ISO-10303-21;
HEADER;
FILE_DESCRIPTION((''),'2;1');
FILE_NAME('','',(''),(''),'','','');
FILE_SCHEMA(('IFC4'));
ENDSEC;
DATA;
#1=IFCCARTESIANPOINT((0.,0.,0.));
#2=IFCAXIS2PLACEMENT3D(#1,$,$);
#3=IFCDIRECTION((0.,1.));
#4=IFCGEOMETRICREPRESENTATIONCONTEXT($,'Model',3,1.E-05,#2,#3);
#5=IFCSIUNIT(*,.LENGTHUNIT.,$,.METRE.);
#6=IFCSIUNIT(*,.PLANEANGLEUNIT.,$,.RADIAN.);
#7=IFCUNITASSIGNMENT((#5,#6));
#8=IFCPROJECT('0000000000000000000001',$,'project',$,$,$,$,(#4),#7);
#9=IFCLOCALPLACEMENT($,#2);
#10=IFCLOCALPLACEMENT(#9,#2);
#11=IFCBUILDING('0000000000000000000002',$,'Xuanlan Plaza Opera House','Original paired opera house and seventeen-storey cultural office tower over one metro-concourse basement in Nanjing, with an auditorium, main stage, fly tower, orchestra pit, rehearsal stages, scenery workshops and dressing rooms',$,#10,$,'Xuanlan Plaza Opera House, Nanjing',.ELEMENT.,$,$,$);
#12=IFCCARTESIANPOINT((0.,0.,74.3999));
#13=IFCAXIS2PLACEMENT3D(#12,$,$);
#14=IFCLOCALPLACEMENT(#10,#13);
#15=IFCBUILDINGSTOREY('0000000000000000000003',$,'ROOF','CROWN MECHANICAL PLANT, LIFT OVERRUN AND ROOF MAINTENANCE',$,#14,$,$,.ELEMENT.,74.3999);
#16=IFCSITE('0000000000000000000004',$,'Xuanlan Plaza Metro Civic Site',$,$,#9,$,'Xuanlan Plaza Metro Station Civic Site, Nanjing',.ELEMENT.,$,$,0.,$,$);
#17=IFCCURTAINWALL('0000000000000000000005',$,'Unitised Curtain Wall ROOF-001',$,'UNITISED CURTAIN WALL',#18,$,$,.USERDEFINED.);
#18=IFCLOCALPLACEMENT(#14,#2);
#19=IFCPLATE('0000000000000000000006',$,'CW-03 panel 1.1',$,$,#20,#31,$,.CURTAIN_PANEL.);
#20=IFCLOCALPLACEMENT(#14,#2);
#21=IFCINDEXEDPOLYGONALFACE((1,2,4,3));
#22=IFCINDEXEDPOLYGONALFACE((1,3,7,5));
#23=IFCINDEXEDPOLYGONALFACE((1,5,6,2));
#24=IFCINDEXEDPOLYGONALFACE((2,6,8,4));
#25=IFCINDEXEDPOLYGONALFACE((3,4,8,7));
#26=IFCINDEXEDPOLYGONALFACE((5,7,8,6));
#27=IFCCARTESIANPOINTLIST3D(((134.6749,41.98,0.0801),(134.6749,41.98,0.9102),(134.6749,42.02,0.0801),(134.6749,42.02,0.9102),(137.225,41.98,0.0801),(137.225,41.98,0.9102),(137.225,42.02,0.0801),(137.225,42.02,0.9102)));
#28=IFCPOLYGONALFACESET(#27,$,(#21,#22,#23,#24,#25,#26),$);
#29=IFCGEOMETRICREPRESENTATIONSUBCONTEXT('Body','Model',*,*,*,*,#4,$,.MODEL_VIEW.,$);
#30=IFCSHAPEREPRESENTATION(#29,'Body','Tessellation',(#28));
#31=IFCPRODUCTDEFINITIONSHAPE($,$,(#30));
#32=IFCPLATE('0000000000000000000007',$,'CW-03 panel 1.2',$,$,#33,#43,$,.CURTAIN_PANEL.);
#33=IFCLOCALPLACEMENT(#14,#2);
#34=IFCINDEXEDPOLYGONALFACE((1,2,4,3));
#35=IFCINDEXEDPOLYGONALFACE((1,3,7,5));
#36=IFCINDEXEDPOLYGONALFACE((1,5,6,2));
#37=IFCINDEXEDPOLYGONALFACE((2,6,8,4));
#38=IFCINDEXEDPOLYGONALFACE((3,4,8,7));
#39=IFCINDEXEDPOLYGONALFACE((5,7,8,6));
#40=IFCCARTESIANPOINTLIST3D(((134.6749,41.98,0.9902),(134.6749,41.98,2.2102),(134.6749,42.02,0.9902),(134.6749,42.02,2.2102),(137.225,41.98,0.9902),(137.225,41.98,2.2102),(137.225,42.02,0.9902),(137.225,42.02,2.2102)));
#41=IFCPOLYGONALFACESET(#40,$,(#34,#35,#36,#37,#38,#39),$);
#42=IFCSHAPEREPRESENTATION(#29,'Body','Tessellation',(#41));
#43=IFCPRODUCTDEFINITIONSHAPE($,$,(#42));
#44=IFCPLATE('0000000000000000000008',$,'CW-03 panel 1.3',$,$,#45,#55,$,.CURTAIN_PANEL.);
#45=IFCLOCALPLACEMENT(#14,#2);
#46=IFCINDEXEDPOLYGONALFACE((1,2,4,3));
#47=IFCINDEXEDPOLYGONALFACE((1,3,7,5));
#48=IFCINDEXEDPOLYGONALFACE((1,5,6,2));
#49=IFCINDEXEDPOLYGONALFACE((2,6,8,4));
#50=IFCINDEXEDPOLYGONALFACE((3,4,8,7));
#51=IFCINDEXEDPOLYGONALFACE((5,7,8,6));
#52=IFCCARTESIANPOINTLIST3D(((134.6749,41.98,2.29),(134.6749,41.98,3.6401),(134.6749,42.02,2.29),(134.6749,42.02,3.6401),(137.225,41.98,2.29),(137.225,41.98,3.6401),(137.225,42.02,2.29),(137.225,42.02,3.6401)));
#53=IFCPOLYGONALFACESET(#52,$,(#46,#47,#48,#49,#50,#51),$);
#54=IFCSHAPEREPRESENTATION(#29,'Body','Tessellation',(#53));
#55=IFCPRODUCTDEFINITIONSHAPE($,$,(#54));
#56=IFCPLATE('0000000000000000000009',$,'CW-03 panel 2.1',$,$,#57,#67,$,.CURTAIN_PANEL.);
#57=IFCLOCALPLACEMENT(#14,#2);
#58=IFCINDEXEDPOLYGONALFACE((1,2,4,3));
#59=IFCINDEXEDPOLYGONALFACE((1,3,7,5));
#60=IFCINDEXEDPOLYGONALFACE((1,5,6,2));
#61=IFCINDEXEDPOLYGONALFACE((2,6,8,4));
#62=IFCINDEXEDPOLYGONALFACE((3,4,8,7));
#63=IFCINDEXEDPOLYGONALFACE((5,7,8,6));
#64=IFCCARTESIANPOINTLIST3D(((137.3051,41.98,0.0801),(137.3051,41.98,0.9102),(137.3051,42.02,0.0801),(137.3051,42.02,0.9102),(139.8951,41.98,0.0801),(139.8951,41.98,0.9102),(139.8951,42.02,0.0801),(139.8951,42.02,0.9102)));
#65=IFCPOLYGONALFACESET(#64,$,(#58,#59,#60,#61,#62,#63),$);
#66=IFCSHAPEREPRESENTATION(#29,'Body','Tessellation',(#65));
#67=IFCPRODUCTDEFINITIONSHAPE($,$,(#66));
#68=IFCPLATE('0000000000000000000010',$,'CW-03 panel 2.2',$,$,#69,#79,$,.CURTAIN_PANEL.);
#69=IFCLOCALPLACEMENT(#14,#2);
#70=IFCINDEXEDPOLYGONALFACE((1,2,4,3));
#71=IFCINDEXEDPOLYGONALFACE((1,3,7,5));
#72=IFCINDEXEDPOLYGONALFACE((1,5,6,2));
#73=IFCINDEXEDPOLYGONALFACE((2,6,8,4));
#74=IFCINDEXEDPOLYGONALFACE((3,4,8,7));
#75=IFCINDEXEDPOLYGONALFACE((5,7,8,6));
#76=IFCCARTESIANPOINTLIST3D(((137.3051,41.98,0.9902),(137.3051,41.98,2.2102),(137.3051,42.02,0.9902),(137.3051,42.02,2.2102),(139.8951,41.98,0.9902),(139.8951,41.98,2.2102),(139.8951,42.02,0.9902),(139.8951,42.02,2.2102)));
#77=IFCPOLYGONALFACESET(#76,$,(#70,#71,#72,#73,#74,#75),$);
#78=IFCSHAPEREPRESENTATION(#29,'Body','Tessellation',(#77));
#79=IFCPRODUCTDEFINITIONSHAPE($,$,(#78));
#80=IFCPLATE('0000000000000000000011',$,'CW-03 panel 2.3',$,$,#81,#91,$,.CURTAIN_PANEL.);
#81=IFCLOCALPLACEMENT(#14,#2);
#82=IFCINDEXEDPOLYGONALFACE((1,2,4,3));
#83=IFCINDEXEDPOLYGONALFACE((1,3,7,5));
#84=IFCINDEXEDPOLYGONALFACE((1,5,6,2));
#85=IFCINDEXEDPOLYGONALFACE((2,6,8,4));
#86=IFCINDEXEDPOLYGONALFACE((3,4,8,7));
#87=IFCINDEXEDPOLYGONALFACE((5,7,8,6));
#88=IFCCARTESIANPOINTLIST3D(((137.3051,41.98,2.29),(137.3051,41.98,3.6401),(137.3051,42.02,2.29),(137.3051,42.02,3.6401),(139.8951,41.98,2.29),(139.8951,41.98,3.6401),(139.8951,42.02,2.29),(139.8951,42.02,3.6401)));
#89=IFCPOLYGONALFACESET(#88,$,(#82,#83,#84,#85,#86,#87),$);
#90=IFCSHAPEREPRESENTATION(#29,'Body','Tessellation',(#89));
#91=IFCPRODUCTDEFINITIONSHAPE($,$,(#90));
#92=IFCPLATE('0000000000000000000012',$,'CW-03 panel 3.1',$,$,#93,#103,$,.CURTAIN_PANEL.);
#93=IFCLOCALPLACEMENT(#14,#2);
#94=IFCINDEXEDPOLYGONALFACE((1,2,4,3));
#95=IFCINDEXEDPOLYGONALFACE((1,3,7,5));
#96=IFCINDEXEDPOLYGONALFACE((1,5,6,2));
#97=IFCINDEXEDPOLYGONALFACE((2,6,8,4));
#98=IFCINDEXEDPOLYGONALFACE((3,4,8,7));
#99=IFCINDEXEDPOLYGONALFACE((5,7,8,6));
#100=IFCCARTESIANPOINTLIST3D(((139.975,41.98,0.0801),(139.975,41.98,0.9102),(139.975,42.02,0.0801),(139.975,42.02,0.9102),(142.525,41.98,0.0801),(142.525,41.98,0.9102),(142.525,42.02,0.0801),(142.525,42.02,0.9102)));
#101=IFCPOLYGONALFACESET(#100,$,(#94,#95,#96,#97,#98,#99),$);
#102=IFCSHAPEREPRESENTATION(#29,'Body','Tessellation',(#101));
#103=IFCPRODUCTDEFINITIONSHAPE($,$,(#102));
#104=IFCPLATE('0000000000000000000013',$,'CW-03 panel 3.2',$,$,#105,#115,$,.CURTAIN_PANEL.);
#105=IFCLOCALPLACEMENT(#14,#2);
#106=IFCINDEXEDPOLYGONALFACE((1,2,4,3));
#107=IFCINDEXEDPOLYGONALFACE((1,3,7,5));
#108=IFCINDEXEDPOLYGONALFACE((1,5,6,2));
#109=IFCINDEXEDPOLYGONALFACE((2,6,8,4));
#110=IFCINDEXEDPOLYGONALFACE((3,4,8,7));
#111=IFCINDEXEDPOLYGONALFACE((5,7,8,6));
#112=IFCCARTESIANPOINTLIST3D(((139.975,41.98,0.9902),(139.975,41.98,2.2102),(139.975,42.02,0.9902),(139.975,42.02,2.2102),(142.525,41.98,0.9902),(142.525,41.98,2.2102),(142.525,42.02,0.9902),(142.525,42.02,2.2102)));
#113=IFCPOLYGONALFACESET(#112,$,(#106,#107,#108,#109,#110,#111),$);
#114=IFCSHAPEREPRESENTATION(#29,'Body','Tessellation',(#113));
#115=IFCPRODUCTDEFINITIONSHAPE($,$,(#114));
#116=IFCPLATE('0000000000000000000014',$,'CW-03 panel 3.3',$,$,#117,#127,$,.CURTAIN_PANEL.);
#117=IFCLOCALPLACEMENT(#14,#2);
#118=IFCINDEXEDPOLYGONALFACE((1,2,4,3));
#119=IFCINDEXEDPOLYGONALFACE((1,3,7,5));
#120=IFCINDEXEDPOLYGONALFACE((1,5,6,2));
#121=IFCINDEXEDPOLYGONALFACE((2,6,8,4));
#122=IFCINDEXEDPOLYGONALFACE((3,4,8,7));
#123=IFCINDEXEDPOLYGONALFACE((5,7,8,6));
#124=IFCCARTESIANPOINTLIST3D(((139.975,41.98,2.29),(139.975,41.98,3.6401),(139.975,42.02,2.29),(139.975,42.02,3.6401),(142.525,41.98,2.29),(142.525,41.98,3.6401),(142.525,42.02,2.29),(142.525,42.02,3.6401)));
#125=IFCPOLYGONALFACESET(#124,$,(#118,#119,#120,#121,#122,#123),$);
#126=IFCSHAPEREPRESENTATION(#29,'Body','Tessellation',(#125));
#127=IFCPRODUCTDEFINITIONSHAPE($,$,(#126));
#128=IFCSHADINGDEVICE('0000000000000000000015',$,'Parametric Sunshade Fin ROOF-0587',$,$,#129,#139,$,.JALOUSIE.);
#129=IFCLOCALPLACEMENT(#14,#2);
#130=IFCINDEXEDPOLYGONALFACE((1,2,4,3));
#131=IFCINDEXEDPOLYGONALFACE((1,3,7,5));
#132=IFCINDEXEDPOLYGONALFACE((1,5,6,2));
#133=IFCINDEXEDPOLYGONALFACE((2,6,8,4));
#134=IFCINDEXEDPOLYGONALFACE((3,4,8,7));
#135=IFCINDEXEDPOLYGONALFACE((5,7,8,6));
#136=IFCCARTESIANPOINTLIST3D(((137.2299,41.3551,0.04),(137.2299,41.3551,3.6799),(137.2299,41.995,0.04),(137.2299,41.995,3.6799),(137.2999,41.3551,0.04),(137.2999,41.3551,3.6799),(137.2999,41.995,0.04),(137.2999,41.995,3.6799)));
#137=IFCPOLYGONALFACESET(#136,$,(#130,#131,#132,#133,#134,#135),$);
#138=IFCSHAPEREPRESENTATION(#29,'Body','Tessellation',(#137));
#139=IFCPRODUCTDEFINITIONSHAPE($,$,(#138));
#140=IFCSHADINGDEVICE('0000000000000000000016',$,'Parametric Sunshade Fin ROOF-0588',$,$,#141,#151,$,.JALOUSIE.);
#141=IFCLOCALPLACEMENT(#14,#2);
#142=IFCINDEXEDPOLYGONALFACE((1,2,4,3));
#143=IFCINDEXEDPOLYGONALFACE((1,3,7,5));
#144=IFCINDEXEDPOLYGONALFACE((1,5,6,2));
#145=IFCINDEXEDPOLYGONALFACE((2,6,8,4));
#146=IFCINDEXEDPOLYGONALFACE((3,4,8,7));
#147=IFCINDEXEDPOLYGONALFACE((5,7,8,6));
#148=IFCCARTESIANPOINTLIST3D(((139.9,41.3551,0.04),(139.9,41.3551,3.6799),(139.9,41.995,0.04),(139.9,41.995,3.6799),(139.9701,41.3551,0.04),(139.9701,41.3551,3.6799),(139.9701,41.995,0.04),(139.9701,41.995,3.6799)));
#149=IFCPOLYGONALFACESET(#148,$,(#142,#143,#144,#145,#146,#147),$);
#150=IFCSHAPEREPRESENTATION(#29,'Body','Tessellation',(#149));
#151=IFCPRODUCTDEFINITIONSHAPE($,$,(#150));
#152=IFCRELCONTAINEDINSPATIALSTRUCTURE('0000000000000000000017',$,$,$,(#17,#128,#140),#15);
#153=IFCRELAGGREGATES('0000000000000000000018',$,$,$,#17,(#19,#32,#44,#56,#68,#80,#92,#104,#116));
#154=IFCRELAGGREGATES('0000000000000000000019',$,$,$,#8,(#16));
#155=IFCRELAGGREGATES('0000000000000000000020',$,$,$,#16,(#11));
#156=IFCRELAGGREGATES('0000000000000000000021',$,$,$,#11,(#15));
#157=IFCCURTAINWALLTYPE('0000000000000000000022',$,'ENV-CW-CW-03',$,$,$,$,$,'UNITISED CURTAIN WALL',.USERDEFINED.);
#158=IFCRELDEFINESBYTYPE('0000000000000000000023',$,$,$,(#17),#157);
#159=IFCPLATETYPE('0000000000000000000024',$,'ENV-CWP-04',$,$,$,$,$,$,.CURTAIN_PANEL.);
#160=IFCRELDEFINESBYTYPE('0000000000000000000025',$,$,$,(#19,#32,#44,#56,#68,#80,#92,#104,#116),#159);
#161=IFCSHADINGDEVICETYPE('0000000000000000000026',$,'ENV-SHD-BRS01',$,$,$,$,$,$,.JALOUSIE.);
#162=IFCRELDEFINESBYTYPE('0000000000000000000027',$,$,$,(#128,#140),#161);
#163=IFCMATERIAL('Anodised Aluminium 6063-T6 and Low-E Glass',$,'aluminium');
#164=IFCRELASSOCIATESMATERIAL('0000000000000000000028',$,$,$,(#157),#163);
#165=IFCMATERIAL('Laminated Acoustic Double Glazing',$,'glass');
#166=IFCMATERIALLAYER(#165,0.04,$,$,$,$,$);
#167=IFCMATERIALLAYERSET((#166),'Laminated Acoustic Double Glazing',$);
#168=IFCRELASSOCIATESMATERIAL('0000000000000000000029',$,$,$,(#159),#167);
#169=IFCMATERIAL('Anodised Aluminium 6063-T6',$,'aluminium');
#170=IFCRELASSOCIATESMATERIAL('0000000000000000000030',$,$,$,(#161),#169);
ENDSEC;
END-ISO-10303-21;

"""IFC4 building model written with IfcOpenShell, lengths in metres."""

from ifc_helpers import new_model, si_unit, direction, frame, origin, origin_2d, place, context, subcontext, project, spatial, rectangle, extrude, material, layer, layer_set, type_object, element, aggregate, save


model = new_model("IFC4")

# Units and contexts
model_context = context("Model", 3, precision=1e-05, world=origin(), true_north=direction((0.0, 1.0)))
body_context = subcontext(model_context, "Body", "Model", "MODEL_VIEW")
ifc_project = project(units=[si_unit("LENGTHUNIT", "METRE"), si_unit("PLANEANGLEUNIT", "RADIAN")], contexts=[model_context])

# Site, building, storey
site_placement = place(None, origin())
site = spatial("IfcSite", under=ifc_project, at=site_placement, Name="Xuanlan Plaza Metro Civic Site", LongName="Xuanlan Plaza Metro Station Civic Site, Nanjing", CompositionType="ELEMENT", RefElevation=0.0)
building_placement = place(site_placement, origin())
building = spatial("IfcBuilding", under=site, at=building_placement, Name="Xuanlan Plaza Opera House", Description="Original paired opera house and seventeen-storey cultural office tower over one metro-concourse basement in Nanjing, with an auditorium, main stage, fly tower, orchestra pit, rehearsal stages, scenery workshops and dressing rooms", LongName="Xuanlan Plaza Opera House, Nanjing", CompositionType="ELEMENT")
storey_placement = place(building_placement, frame((0.0, 0.0, 74.3999)))
storey = spatial("IfcBuildingStorey", under=building, at=storey_placement, Name="ROOF", Description="CROWN MECHANICAL PLANT, LIFT OVERRUN AND ROOF MAINTENANCE", CompositionType="ELEMENT", Elevation=74.3999)

# Curtain wall, plates
ifc_material_1 = material(Name="Anodised Aluminium 6063-T6 and Low-E Glass", Category="aluminium")
curtain_wall_type = type_object("IfcCurtainWallType", Name="ENV-CW-CW-03", ElementType="UNITISED CURTAIN WALL", PredefinedType="USERDEFINED", material=ifc_material_1)
curtain_wall_placement = place(storey_placement, origin())
curtain_wall = element("IfcCurtainWall", 1, at=curtain_wall_placement, inside=storey, type_object=curtain_wall_type, Name="Unitised Curtain Wall ROOF-001", ObjectType="UNITISED CURTAIN WALL", PredefinedType="USERDEFINED")
ifc_material_2 = material(Name="Anodised Aluminium 6063-T6", Category="aluminium")
ifc_material_3 = material(Name="Laminated Acoustic Double Glazing", Category="glass")
ifc_layer = layer(ifc_material_3, 0.04)
ifc_layer_set = layer_set([ifc_layer], Name="Laminated Acoustic Double Glazing")
plate_type = type_object("IfcPlateType", Name="ENV-CWP-04", PredefinedType="CURTAIN_PANEL", material=ifc_layer_set)
plate_1_placement = place(storey_placement, frame((135.95, 42.0, 0.0801), z_axis=(0.0, 0.0, 1.0), x_axis=(1.0, 0.0, 0.0)))
plate_1 = element("IfcPlate", 2, at=plate_1_placement, type_object=plate_type, Name="CW-03 panel 1.1", PredefinedType="CURTAIN_PANEL", context=body_context, shape_type="SweptSolid", body=[
    extrude(rectangle(XDim=2.55, YDim=0.04, at=origin_2d()), origin(), (0.0, 0.0, 1.0), 0.8301),
])
plate_2_placement = place(storey_placement, frame((135.95, 42.0, 0.9902), z_axis=(0.0, 0.0, 1.0), x_axis=(1.0, 0.0, 0.0)))
plate_2 = element("IfcPlate", 3, at=plate_2_placement, type_object=plate_type, Name="CW-03 panel 1.2", PredefinedType="CURTAIN_PANEL", context=body_context, shape_type="SweptSolid", body=[
    extrude(rectangle(XDim=2.55, YDim=0.04, at=origin_2d()), origin(), (0.0, 0.0, 1.0), 1.22),
])
plate_3_placement = place(storey_placement, frame((135.95, 42.0, 2.29), z_axis=(0.0, 0.0, 1.0), x_axis=(1.0, 0.0, 0.0)))
plate_3 = element("IfcPlate", 4, at=plate_3_placement, type_object=plate_type, Name="CW-03 panel 1.3", PredefinedType="CURTAIN_PANEL", context=body_context, shape_type="SweptSolid", body=[
    extrude(rectangle(XDim=2.55, YDim=0.04, at=origin_2d()), origin(), (0.0, 0.0, 1.0), 1.3501),
])
plate_4_placement = place(storey_placement, frame((138.6001, 42.0, 0.0801), z_axis=(0.0, 0.0, 1.0), x_axis=(1.0, 0.0, 0.0)))
plate_4 = element("IfcPlate", 5, at=plate_4_placement, type_object=plate_type, Name="CW-03 panel 2.1", PredefinedType="CURTAIN_PANEL", context=body_context, shape_type="SweptSolid", body=[
    extrude(rectangle(XDim=2.5901, YDim=0.04, at=origin_2d()), origin(), (0.0, 0.0, 1.0), 0.8301),
])
plate_5_placement = place(storey_placement, frame((138.6001, 42.0, 0.9902), z_axis=(0.0, 0.0, 1.0), x_axis=(1.0, 0.0, 0.0)))
plate_5 = element("IfcPlate", 6, at=plate_5_placement, type_object=plate_type, Name="CW-03 panel 2.2", PredefinedType="CURTAIN_PANEL", context=body_context, shape_type="SweptSolid", body=[
    extrude(rectangle(XDim=2.5901, YDim=0.04, at=origin_2d()), origin(), (0.0, 0.0, 1.0), 1.22),
])
plate_6_placement = place(storey_placement, frame((138.6001, 42.0, 2.29), z_axis=(0.0, 0.0, 1.0), x_axis=(1.0, 0.0, 0.0)))
plate_6 = element("IfcPlate", 7, at=plate_6_placement, type_object=plate_type, Name="CW-03 panel 2.3", PredefinedType="CURTAIN_PANEL", context=body_context, shape_type="SweptSolid", body=[
    extrude(rectangle(XDim=2.5901, YDim=0.04, at=origin_2d()), origin(), (0.0, 0.0, 1.0), 1.3501),
])
plate_7_placement = place(storey_placement, frame((141.25, 42.0, 0.0801), z_axis=(0.0, 0.0, 1.0), x_axis=(1.0, 0.0, 0.0)))
plate_7 = element("IfcPlate", 8, at=plate_7_placement, type_object=plate_type, Name="CW-03 panel 3.1", PredefinedType="CURTAIN_PANEL", context=body_context, shape_type="SweptSolid", body=[
    extrude(rectangle(XDim=2.55, YDim=0.04, at=origin_2d()), origin(), (0.0, 0.0, 1.0), 0.8301),
])
plate_8_placement = place(storey_placement, frame((141.25, 42.0, 0.9902), z_axis=(0.0, 0.0, 1.0), x_axis=(1.0, 0.0, 0.0)))
plate_8 = element("IfcPlate", 9, at=plate_8_placement, type_object=plate_type, Name="CW-03 panel 3.2", PredefinedType="CURTAIN_PANEL", context=body_context, shape_type="SweptSolid", body=[
    extrude(rectangle(XDim=2.55, YDim=0.04, at=origin_2d()), origin(), (0.0, 0.0, 1.0), 1.22),
])
plate_9_placement = place(storey_placement, frame((141.25, 42.0, 2.29), z_axis=(0.0, 0.0, 1.0), x_axis=(1.0, 0.0, 0.0)))
plate_9 = element("IfcPlate", 10, at=plate_9_placement, type_object=plate_type, Name="CW-03 panel 3.3", PredefinedType="CURTAIN_PANEL", context=body_context, shape_type="SweptSolid", body=[
    extrude(rectangle(XDim=2.55, YDim=0.04, at=origin_2d()), origin(), (0.0, 0.0, 1.0), 1.3501),
])
aggregate(curtain_wall, [plate_1, plate_2, plate_3, plate_4, plate_5, plate_6, plate_7, plate_8, plate_9])

# Shading devices
shading_device_type = type_object("IfcShadingDeviceType", Name="ENV-SHD-BRS01", PredefinedType="JALOUSIE", material=ifc_material_2)
for number, where, z_axis, x_axis, name in (
    (11, (137.2649, 41.675, 0.04), (0.0, 0.0, 1.0), (0.0, -1.0, 0.0), "Parametric Sunshade Fin ROOF-0587"),
    (12, (139.9351, 41.675, 0.04), (0.0, 0.0, 1.0), (0.0, -1.0, 0.0), "Parametric Sunshade Fin ROOF-0588"),
):
    element("IfcShadingDevice", number, at=place(storey_placement, frame(where, z_axis=z_axis, x_axis=x_axis)), inside=storey, type_object=shading_device_type, Name=name, PredefinedType="JALOUSIE", context=body_context, shape_type="SweptSolid", body=[
        extrude(rectangle(XDim=0.6399, YDim=0.0701, at=origin_2d()), origin(), (0.0, 0.0, 1.0), 3.6399),
    ])

save(model, "model.ifc")
